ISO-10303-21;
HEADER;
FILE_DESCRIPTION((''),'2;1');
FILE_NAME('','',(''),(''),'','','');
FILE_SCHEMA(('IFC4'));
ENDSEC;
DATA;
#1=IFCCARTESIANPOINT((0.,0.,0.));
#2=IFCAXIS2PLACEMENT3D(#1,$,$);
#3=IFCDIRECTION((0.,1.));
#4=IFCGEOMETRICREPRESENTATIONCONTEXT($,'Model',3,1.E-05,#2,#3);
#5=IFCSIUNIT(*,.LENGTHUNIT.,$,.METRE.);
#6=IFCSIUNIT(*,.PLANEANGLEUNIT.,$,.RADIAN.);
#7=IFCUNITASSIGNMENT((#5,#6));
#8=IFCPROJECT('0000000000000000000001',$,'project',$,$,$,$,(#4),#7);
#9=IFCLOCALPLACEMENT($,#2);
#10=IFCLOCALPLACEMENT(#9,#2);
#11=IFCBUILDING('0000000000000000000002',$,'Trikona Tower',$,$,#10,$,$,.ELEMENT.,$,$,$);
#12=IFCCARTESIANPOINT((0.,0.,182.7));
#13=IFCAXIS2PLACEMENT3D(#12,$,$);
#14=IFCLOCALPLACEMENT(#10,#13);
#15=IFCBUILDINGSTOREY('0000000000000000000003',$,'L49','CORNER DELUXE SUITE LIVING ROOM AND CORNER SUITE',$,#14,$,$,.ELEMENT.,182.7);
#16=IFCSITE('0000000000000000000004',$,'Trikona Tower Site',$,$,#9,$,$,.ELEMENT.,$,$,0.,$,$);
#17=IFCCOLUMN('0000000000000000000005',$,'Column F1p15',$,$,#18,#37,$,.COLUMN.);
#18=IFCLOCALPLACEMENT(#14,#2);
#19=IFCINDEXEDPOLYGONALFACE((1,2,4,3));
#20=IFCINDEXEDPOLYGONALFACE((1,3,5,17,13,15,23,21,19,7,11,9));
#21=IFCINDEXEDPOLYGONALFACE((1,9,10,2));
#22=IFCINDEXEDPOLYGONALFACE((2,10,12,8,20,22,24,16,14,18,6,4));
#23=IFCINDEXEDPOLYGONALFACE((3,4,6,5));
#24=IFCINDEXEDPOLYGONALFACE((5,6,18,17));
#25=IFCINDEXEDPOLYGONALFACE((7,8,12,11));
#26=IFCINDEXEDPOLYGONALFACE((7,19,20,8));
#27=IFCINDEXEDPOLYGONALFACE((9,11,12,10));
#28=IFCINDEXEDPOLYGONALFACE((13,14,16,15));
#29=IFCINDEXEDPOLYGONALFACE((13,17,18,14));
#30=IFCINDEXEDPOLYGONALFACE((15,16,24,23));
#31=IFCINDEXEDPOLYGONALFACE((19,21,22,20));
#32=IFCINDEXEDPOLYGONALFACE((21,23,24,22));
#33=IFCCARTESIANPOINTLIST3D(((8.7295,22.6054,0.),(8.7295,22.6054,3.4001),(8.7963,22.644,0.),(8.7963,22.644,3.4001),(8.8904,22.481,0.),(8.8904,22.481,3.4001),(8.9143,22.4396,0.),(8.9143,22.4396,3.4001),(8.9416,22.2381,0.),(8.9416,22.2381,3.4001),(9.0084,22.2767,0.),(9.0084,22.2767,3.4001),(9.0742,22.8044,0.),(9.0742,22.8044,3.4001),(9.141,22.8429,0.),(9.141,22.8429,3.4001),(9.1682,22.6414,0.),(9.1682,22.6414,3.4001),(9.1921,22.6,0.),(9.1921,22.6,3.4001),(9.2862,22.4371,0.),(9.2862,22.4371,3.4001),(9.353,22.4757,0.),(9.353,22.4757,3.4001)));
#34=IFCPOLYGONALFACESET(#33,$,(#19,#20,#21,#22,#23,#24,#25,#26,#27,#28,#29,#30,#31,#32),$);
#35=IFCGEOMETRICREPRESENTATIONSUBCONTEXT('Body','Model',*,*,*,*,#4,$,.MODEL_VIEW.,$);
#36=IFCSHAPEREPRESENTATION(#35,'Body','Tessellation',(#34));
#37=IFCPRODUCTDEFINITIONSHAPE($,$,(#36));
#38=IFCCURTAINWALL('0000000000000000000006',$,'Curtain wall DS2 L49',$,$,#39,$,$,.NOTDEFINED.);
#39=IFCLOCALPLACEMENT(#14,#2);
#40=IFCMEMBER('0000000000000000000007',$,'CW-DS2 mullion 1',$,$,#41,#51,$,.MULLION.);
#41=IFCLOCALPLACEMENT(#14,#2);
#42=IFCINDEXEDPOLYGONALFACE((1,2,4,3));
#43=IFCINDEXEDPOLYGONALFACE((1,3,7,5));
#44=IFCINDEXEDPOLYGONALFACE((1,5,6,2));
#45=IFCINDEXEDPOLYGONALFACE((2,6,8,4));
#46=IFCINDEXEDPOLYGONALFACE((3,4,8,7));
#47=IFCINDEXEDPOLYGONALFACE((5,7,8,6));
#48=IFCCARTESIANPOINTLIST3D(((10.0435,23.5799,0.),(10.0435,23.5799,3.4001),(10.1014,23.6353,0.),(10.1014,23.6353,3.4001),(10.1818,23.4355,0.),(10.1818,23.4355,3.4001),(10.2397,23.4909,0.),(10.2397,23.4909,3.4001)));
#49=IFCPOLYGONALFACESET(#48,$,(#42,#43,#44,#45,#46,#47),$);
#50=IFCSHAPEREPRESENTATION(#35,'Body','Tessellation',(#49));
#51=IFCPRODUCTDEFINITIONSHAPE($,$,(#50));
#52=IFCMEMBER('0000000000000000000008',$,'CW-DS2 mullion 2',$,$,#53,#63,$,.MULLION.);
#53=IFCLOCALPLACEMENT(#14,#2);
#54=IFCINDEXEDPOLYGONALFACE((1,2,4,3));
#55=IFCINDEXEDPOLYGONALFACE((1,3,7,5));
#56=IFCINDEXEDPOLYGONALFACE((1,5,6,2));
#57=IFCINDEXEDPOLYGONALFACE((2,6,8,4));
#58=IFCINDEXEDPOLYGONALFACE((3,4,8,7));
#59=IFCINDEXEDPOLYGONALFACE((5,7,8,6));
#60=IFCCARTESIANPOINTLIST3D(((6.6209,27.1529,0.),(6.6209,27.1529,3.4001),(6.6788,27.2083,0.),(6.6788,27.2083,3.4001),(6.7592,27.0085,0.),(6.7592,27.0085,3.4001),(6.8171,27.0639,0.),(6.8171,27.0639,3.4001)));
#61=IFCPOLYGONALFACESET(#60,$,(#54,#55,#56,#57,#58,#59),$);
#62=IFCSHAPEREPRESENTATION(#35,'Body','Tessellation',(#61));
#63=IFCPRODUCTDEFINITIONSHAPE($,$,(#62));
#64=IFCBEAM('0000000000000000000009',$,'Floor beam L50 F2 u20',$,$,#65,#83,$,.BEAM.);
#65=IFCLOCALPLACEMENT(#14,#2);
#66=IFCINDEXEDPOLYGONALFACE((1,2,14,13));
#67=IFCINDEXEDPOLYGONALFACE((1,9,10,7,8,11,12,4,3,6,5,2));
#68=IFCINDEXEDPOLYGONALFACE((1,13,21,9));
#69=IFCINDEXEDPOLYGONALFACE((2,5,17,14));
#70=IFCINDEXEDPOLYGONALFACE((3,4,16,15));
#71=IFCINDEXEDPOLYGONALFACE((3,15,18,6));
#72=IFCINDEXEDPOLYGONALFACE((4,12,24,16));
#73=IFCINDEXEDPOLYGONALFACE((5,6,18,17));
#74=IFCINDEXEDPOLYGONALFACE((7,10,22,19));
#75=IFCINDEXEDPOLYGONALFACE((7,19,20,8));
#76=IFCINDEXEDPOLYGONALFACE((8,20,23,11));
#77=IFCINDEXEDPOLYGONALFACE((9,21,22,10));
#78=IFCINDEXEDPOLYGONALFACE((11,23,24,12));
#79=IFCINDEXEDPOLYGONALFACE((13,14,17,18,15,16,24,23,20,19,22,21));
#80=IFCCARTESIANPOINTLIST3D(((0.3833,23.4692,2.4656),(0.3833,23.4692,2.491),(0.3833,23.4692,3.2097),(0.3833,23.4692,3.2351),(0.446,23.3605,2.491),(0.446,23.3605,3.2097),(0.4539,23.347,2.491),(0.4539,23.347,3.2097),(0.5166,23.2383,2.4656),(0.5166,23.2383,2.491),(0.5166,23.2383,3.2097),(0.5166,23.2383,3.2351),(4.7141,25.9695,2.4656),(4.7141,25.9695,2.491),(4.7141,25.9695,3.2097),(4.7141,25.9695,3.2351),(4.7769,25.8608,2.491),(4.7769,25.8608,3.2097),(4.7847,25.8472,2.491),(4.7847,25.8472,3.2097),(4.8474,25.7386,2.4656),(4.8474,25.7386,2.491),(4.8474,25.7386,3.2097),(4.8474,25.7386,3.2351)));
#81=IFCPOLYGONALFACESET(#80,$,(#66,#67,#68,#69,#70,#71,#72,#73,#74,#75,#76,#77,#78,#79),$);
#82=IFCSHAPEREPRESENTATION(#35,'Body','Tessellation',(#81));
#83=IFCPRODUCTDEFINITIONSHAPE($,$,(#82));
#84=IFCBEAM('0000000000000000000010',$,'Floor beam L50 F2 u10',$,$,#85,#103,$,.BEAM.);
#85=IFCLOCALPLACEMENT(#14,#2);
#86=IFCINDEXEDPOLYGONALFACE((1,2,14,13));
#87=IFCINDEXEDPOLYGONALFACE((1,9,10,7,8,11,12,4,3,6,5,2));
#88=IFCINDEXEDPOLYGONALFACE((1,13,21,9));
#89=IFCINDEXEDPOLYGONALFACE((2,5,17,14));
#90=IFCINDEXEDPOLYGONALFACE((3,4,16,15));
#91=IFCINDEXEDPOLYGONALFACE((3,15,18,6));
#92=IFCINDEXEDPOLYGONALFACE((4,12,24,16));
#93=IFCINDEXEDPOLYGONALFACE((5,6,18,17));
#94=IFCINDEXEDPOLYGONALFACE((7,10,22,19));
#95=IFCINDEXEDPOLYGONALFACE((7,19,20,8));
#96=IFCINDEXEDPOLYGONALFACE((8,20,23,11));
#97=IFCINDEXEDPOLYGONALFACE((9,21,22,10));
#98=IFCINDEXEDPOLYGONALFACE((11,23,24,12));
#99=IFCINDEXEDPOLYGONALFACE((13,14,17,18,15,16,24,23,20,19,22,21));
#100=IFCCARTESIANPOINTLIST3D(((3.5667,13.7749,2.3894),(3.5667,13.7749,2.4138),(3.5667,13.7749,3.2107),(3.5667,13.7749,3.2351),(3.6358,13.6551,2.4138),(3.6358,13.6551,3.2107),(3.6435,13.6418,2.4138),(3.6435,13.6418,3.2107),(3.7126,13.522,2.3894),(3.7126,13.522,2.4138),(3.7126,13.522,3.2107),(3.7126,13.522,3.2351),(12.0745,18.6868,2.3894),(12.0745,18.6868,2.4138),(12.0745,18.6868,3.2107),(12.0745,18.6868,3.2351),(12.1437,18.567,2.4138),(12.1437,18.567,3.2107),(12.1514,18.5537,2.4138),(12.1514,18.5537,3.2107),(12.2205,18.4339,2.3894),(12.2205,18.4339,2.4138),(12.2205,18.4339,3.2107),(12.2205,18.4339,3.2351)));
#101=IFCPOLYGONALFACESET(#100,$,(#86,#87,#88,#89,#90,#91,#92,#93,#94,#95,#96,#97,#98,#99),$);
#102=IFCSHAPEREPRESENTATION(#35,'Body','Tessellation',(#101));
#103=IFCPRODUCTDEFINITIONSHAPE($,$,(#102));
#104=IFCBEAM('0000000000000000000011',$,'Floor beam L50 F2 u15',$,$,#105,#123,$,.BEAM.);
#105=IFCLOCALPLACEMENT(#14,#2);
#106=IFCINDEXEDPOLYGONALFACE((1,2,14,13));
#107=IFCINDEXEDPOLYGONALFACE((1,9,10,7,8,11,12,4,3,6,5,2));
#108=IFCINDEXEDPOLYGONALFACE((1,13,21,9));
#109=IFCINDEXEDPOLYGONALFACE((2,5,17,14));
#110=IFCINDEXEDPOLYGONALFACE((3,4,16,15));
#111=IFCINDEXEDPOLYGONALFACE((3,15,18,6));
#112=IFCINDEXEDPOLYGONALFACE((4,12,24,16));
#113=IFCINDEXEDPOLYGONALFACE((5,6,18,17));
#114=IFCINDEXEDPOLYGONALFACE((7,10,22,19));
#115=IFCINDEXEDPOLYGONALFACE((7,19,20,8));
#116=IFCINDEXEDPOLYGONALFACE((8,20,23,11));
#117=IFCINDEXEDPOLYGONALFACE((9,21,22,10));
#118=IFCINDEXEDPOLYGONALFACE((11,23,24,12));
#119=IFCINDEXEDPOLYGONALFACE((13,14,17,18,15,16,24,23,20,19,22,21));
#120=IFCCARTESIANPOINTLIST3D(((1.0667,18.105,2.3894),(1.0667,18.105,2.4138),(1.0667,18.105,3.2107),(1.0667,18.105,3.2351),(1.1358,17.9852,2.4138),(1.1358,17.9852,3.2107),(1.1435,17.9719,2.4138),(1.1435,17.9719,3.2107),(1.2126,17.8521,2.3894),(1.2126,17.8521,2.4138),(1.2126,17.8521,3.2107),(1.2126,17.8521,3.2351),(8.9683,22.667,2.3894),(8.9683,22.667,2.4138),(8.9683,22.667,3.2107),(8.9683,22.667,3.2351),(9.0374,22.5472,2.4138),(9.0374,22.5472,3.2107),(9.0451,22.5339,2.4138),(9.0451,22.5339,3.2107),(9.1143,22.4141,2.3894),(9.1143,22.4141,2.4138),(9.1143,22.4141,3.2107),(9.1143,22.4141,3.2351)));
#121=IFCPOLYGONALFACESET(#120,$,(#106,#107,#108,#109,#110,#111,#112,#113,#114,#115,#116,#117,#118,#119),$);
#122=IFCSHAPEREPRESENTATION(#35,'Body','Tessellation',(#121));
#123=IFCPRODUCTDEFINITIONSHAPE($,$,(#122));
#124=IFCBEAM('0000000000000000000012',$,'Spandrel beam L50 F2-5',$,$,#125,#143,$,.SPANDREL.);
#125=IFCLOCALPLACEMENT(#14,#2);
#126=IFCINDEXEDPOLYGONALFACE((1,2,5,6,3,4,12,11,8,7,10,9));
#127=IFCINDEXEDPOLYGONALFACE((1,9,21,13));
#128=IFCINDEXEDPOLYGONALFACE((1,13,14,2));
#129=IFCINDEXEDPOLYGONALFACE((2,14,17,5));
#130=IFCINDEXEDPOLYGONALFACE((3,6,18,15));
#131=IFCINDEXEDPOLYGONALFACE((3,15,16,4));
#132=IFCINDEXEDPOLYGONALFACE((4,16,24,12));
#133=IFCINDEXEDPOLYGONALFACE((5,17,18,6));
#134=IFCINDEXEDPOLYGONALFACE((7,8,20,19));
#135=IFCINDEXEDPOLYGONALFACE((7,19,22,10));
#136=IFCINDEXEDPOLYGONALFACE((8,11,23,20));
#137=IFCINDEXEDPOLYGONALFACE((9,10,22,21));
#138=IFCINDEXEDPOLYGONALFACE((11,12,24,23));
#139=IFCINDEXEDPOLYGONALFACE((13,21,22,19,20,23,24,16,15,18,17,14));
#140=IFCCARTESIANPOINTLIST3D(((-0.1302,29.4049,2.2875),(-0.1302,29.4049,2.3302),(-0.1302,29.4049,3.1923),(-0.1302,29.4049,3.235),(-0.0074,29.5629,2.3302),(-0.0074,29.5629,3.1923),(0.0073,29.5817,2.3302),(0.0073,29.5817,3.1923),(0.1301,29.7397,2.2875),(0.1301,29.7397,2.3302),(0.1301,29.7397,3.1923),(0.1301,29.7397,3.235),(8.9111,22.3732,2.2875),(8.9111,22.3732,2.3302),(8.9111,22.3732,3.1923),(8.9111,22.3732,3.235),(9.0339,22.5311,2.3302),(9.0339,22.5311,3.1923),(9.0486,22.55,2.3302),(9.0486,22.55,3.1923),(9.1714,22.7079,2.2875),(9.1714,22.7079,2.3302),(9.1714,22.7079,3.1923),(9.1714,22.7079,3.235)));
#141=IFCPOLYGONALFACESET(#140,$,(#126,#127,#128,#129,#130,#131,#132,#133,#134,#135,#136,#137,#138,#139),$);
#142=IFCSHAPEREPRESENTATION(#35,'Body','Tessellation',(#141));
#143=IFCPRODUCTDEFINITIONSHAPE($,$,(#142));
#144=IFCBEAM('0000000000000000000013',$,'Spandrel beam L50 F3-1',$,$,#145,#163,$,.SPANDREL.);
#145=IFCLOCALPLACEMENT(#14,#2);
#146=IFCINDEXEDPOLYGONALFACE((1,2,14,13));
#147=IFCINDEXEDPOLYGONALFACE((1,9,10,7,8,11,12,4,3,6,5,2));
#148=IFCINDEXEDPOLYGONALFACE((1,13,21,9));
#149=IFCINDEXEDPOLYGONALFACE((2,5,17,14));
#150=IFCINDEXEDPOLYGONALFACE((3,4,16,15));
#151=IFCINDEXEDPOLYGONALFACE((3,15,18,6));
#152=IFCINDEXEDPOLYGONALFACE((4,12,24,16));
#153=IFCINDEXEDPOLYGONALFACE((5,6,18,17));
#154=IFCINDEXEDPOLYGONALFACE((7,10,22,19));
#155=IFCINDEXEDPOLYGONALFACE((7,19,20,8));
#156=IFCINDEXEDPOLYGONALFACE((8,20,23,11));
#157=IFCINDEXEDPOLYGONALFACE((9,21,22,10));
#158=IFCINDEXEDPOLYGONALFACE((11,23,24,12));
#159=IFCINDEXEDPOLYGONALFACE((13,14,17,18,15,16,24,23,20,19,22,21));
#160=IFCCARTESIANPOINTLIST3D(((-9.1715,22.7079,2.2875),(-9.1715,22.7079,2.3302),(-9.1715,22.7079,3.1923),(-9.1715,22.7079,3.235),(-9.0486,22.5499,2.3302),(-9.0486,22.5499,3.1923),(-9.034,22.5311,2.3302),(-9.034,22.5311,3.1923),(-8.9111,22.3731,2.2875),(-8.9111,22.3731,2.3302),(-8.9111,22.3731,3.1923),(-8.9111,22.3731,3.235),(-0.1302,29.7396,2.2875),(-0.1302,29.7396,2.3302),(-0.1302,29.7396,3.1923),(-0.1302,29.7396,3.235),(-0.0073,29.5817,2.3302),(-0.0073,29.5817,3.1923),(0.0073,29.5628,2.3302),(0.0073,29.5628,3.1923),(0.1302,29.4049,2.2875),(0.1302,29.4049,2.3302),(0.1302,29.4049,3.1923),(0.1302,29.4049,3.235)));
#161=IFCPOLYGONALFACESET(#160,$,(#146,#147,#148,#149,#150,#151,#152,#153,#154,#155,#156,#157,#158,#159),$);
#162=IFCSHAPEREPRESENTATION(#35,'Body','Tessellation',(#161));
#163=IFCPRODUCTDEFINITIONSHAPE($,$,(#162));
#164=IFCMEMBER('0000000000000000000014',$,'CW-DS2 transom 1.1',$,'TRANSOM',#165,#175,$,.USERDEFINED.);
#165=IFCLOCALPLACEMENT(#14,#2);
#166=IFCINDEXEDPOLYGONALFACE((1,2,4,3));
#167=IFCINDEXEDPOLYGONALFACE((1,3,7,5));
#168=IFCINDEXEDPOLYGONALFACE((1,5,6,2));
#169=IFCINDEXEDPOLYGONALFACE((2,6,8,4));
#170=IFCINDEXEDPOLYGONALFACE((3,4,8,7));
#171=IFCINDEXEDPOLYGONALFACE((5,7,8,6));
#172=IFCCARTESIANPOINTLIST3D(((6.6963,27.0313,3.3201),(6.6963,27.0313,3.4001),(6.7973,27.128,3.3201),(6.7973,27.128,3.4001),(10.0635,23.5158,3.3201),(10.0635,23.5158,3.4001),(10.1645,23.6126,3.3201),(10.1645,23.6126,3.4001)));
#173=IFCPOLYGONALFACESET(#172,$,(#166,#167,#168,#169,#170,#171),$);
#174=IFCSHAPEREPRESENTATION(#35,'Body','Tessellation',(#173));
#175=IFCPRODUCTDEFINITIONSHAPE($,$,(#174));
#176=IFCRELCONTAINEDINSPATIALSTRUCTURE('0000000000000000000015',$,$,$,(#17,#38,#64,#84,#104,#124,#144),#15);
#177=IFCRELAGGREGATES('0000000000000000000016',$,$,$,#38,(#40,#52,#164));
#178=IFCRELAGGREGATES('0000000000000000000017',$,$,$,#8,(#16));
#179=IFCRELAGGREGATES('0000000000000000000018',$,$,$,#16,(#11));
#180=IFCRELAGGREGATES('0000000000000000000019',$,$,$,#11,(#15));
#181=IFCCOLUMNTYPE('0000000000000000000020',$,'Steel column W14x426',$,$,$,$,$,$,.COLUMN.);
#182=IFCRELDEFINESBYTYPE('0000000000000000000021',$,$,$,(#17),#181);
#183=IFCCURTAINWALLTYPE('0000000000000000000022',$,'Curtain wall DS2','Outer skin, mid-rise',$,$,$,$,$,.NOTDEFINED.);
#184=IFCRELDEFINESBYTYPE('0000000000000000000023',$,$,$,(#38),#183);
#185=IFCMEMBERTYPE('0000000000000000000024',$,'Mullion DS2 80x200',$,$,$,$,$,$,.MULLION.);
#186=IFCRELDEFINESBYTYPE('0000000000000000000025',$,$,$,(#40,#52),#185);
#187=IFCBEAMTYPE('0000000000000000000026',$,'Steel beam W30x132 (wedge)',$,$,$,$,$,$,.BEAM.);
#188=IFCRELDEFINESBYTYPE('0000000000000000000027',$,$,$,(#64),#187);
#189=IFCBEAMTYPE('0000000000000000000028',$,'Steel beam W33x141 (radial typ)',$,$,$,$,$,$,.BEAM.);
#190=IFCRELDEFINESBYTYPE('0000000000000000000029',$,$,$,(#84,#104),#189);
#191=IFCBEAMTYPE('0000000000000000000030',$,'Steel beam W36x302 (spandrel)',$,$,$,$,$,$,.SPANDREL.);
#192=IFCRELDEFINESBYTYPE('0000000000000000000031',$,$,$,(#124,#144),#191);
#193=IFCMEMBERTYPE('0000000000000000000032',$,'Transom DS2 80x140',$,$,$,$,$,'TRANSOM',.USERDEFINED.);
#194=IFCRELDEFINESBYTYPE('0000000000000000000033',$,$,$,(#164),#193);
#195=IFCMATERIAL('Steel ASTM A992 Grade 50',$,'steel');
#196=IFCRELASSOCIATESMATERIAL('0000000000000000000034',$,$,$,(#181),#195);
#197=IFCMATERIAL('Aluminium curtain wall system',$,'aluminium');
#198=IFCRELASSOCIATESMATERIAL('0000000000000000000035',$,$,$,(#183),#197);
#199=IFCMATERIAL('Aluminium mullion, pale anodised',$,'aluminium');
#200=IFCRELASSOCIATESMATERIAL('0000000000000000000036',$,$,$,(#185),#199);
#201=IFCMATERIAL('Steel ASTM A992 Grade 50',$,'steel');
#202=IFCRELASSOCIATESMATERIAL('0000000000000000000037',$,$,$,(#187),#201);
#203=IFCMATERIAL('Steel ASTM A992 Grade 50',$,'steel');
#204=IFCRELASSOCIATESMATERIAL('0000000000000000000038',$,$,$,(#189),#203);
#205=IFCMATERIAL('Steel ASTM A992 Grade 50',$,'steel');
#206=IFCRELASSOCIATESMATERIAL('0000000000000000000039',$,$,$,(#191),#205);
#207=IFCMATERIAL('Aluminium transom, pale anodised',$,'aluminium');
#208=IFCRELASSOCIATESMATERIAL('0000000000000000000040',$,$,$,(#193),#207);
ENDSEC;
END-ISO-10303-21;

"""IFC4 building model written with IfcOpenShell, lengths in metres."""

from ifc_helpers import new_model, si_unit, direction, frame, origin, origin_2d, place, context, subcontext, project, spatial, rectangle, i_section, extrude, material, material_profile, profile_set, type_object, element, aggregate, save


model = new_model("IFC4")

# Units and contexts
model_context = context("Model", 3, precision=1e-05, world=origin(), true_north=direction((0.0, 1.0)))
body_context = subcontext(model_context, "Body", "Model", "MODEL_VIEW")
ifc_project = project(units=[si_unit("LENGTHUNIT", "METRE"), si_unit("PLANEANGLEUNIT", "RADIAN")], contexts=[model_context])

# Site, building, storey
site_placement = place(None, origin())
site = spatial("IfcSite", under=ifc_project, at=site_placement, Name="Trikona Tower Site", CompositionType="ELEMENT", RefElevation=0.0)
building_placement = place(site_placement, origin())
building = spatial("IfcBuilding", under=site, at=building_placement, Name="Trikona Tower", CompositionType="ELEMENT")
storey_placement = place(building_placement, frame((0.0, 0.0, 182.7)))
storey = spatial("IfcBuildingStorey", under=building, at=storey_placement, Name="L49", Description="CORNER DELUXE SUITE LIVING ROOM AND CORNER SUITE", CompositionType="ELEMENT", Elevation=182.7)

# Column
ifc_material_1 = material(Name="Steel ASTM A992 Grade 50", Category="steel")
ifc_material_profile_1 = material_profile(ifc_material_1, i_section(OverallWidth=0.4241, OverallDepth=0.4751, WebThickness=0.0479, FlangeThickness=0.0771, at=origin_2d()), Name="W14X426")
ifc_profile_set_1 = profile_set([ifc_material_profile_1], Name="Steel ASTM A992 Grade 50")
column_type = type_object("IfcColumnType", Name="Steel column W14x426", PredefinedType="COLUMN", material=ifc_profile_set_1)
column_placement = place(storey_placement, frame((9.0413, 22.5405, 0.0), z_axis=(0.0, 0.0, 1.0), x_axis=(-0.5, 0.866025, 0.0)))
element("IfcColumn", 1, at=column_placement, inside=storey, type_object=column_type, Name="Column F1p15", PredefinedType="COLUMN", context=body_context, shape_type="SweptSolid", body=[
    extrude(i_section(OverallWidth=0.4241, OverallDepth=0.4751, WebThickness=0.0479, FlangeThickness=0.0771, at=origin_2d()), origin(), (0.0, 0.0, 1.0), 3.4001),
])

# Curtain wall, members
ifc_material_2 = material(Name="Aluminium curtain wall system", Category="aluminium")
curtain_wall_type = type_object("IfcCurtainWallType", Name="Curtain wall DS2", Description="Outer skin, mid-rise", PredefinedType="NOTDEFINED", material=ifc_material_2)
curtain_wall_placement = place(storey_placement, origin())
curtain_wall = element("IfcCurtainWall", 2, at=curtain_wall_placement, inside=storey, type_object=curtain_wall_type, Name="Curtain wall DS2 L49", PredefinedType="NOTDEFINED")
ifc_material_3 = material(Name="Aluminium mullion, pale anodised", Category="aluminium")
ifc_material_profile_2 = material_profile(ifc_material_3, rectangle(XDim=0.0801, YDim=0.2, at=origin_2d()), Name="MUL-DS2")
ifc_profile_set_2 = profile_set([ifc_material_profile_2], Name="Aluminium mullion, pale anodised")
member_type_1 = type_object("IfcMemberType", Name="Mullion DS2 80x200", PredefinedType="MULLION", material=ifc_profile_set_2)
member_1_placement = place(storey_placement, frame((10.1416, 23.5354, 0.0), z_axis=(0.0, 0.0, 1.0), x_axis=(-0.722158, -0.691728, 0.0)))
member_1 = element("IfcMember", 3, at=member_1_placement, type_object=member_type_1, Name="CW-DS2 mullion 1", PredefinedType="MULLION", context=body_context, shape_type="SweptSolid", body=[
    extrude(rectangle(XDim=0.0801, YDim=0.2, at=origin_2d()), origin(), (0.0, 0.0, 1.0), 3.4001),
])
member_2_placement = place(storey_placement, frame((6.719, 27.1084, 0.0), z_axis=(0.0, 0.0, 1.0), x_axis=(-0.722158, -0.691728, 0.0)))
member_2 = element("IfcMember", 4, at=member_2_placement, type_object=member_type_1, Name="CW-DS2 mullion 2", PredefinedType="MULLION", context=body_context, shape_type="SweptSolid", body=[
    extrude(rectangle(XDim=0.0801, YDim=0.2, at=origin_2d()), origin(), (0.0, 0.0, 1.0), 3.4001),
])

# Beams
ifc_material_4 = material(Name="Steel ASTM A992 Grade 50", Category="steel")
ifc_material_profile_3 = material_profile(ifc_material_4, i_section(OverallWidth=0.2666, OverallDepth=0.7695, WebThickness=0.0156, FlangeThickness=0.0254, at=origin_2d()), Name="W30X132")
ifc_profile_set_3 = profile_set([ifc_material_profile_3], Name="Steel ASTM A992 Grade 50")
beam_type_1 = type_object("IfcBeamType", Name="Steel beam W30x132 (wedge)", PredefinedType="BEAM", material=ifc_profile_set_3)
beam_1_placement = place(storey_placement, frame((0.45, 23.3538, 2.8503), z_axis=(0.866038, 0.499977, 0.0), x_axis=(-0.499977, 0.866038, 0.0)))
element("IfcBeam", 5, at=beam_1_placement, inside=storey, type_object=beam_type_1, Name="Floor beam L50 F2 u20", PredefinedType="BEAM", context=body_context, shape_type="SweptSolid", body=[
    extrude(i_section(OverallWidth=0.2666, OverallDepth=0.7695, WebThickness=0.0156, FlangeThickness=0.0254, at=origin_2d()), origin(), (0.0, 0.0, 1.0), 5.0007),
])
ifc_material_5 = material(Name="Steel ASTM A992 Grade 50", Category="steel")
ifc_material_profile_4 = material_profile(ifc_material_5, i_section(OverallWidth=0.292, OverallDepth=0.8457, WebThickness=0.0154, FlangeThickness=0.0244, at=origin_2d()), Name="W33X141")
ifc_profile_set_4 = profile_set([ifc_material_profile_4], Name="Steel ASTM A992 Grade 50")
beam_type_2 = type_object("IfcBeamType", Name="Steel beam W33x141 (radial typ)", PredefinedType="BEAM", material=ifc_profile_set_4)
beam_2_placement = place(storey_placement, frame((3.6396, 13.6484, 2.8123), z_axis=(0.866031, 0.499991, 0.0), x_axis=(-0.499991, 0.866031, 0.0)))
element("IfcBeam", 6, at=beam_2_placement, inside=storey, type_object=beam_type_2, Name="Floor beam L50 F2 u10", PredefinedType="BEAM", context=body_context, shape_type="SweptSolid", body=[
    extrude(i_section(OverallWidth=0.292, OverallDepth=0.8457, WebThickness=0.0154, FlangeThickness=0.0244, at=origin_2d()), origin(), (0.0, 0.0, 1.0), 9.824),
])
beam_3_placement = place(storey_placement, frame((1.1396, 17.9785, 2.8123), z_axis=(0.866025, 0.500001, 0.0), x_axis=(-0.500001, 0.866025, 0.0)))
element("IfcBeam", 7, at=beam_3_placement, inside=storey, type_object=beam_type_2, Name="Floor beam L50 F2 u15", PredefinedType="BEAM", context=body_context, shape_type="SweptSolid", body=[
    extrude(i_section(OverallWidth=0.292, OverallDepth=0.8457, WebThickness=0.0154, FlangeThickness=0.0244, at=origin_2d()), origin(), (0.0, 0.0, 1.0), 9.124),
])
ifc_material_6 = material(Name="Steel ASTM A992 Grade 50", Category="steel")
ifc_material_profile_5 = material_profile(ifc_material_6, i_section(OverallWidth=0.4241, OverallDepth=0.9475, WebThickness=0.0239, FlangeThickness=0.0427, at=origin_2d()), Name="W36X302")
ifc_profile_set_5 = profile_set([ifc_material_profile_5], Name="Steel ASTM A992 Grade 50")
beam_type_3 = type_object("IfcBeamType", Name="Steel beam W36x302 (spandrel)", PredefinedType="SPANDREL", material=ifc_profile_set_5)
for number, where, z_axis, x_axis, name in (
    (8, (9.0413, 22.5405, 2.7612), (-0.789367, 0.613921, 0.0), (-0.613921, -0.789367, 0.0), "Spandrel beam L50 F2-5"),
    (9, (0.0, 29.5723, 2.7612), (-0.789367, -0.613921, 0.0), (0.613921, -0.789367, 0.0), "Spandrel beam L50 F3-1"),
):
    element("IfcBeam", number, at=place(storey_placement, frame(where, z_axis=z_axis, x_axis=x_axis)), inside=storey, type_object=beam_type_3, Name=name, PredefinedType="SPANDREL", context=body_context, shape_type="SweptSolid", body=[
        extrude(i_section(OverallWidth=0.4241, OverallDepth=0.9475, WebThickness=0.0239, FlangeThickness=0.0427, at=origin_2d()), origin(), (0.0, 0.0, 1.0), 11.4539),
    ])

# Member
ifc_material_7 = material(Name="Aluminium transom, pale anodised", Category="aluminium")
ifc_material_profile_6 = material_profile(ifc_material_7, rectangle(XDim=0.1399, YDim=0.0801, at=origin_2d()), Name="TRN-DS2")
ifc_profile_set_6 = profile_set([ifc_material_profile_6], Name="Aluminium transom, pale anodised")
member_type_2 = type_object("IfcMemberType", Name="Transom DS2 80x140", ElementType="TRANSOM", PredefinedType="USERDEFINED", material=ifc_profile_set_6)
member_3_placement = place(storey_placement, frame((10.114, 23.5642, 3.3601), z_axis=(-0.691721, 0.722165, 0.0), x_axis=(-0.722165, -0.691721, 0.0)))
member_3 = element("IfcMember", 10, at=member_3_placement, type_object=member_type_2, Name="CW-DS2 transom 1.1", ObjectType="TRANSOM", PredefinedType="USERDEFINED", context=body_context, shape_type="SweptSolid", body=[
    extrude(rectangle(XDim=0.1399, YDim=0.0801, at=origin_2d()), origin(), (0.0, 0.0, 1.0), 4.8679),
])

aggregate(curtain_wall, [member_1, member_2, member_3])

save(model, "model.ifc")
